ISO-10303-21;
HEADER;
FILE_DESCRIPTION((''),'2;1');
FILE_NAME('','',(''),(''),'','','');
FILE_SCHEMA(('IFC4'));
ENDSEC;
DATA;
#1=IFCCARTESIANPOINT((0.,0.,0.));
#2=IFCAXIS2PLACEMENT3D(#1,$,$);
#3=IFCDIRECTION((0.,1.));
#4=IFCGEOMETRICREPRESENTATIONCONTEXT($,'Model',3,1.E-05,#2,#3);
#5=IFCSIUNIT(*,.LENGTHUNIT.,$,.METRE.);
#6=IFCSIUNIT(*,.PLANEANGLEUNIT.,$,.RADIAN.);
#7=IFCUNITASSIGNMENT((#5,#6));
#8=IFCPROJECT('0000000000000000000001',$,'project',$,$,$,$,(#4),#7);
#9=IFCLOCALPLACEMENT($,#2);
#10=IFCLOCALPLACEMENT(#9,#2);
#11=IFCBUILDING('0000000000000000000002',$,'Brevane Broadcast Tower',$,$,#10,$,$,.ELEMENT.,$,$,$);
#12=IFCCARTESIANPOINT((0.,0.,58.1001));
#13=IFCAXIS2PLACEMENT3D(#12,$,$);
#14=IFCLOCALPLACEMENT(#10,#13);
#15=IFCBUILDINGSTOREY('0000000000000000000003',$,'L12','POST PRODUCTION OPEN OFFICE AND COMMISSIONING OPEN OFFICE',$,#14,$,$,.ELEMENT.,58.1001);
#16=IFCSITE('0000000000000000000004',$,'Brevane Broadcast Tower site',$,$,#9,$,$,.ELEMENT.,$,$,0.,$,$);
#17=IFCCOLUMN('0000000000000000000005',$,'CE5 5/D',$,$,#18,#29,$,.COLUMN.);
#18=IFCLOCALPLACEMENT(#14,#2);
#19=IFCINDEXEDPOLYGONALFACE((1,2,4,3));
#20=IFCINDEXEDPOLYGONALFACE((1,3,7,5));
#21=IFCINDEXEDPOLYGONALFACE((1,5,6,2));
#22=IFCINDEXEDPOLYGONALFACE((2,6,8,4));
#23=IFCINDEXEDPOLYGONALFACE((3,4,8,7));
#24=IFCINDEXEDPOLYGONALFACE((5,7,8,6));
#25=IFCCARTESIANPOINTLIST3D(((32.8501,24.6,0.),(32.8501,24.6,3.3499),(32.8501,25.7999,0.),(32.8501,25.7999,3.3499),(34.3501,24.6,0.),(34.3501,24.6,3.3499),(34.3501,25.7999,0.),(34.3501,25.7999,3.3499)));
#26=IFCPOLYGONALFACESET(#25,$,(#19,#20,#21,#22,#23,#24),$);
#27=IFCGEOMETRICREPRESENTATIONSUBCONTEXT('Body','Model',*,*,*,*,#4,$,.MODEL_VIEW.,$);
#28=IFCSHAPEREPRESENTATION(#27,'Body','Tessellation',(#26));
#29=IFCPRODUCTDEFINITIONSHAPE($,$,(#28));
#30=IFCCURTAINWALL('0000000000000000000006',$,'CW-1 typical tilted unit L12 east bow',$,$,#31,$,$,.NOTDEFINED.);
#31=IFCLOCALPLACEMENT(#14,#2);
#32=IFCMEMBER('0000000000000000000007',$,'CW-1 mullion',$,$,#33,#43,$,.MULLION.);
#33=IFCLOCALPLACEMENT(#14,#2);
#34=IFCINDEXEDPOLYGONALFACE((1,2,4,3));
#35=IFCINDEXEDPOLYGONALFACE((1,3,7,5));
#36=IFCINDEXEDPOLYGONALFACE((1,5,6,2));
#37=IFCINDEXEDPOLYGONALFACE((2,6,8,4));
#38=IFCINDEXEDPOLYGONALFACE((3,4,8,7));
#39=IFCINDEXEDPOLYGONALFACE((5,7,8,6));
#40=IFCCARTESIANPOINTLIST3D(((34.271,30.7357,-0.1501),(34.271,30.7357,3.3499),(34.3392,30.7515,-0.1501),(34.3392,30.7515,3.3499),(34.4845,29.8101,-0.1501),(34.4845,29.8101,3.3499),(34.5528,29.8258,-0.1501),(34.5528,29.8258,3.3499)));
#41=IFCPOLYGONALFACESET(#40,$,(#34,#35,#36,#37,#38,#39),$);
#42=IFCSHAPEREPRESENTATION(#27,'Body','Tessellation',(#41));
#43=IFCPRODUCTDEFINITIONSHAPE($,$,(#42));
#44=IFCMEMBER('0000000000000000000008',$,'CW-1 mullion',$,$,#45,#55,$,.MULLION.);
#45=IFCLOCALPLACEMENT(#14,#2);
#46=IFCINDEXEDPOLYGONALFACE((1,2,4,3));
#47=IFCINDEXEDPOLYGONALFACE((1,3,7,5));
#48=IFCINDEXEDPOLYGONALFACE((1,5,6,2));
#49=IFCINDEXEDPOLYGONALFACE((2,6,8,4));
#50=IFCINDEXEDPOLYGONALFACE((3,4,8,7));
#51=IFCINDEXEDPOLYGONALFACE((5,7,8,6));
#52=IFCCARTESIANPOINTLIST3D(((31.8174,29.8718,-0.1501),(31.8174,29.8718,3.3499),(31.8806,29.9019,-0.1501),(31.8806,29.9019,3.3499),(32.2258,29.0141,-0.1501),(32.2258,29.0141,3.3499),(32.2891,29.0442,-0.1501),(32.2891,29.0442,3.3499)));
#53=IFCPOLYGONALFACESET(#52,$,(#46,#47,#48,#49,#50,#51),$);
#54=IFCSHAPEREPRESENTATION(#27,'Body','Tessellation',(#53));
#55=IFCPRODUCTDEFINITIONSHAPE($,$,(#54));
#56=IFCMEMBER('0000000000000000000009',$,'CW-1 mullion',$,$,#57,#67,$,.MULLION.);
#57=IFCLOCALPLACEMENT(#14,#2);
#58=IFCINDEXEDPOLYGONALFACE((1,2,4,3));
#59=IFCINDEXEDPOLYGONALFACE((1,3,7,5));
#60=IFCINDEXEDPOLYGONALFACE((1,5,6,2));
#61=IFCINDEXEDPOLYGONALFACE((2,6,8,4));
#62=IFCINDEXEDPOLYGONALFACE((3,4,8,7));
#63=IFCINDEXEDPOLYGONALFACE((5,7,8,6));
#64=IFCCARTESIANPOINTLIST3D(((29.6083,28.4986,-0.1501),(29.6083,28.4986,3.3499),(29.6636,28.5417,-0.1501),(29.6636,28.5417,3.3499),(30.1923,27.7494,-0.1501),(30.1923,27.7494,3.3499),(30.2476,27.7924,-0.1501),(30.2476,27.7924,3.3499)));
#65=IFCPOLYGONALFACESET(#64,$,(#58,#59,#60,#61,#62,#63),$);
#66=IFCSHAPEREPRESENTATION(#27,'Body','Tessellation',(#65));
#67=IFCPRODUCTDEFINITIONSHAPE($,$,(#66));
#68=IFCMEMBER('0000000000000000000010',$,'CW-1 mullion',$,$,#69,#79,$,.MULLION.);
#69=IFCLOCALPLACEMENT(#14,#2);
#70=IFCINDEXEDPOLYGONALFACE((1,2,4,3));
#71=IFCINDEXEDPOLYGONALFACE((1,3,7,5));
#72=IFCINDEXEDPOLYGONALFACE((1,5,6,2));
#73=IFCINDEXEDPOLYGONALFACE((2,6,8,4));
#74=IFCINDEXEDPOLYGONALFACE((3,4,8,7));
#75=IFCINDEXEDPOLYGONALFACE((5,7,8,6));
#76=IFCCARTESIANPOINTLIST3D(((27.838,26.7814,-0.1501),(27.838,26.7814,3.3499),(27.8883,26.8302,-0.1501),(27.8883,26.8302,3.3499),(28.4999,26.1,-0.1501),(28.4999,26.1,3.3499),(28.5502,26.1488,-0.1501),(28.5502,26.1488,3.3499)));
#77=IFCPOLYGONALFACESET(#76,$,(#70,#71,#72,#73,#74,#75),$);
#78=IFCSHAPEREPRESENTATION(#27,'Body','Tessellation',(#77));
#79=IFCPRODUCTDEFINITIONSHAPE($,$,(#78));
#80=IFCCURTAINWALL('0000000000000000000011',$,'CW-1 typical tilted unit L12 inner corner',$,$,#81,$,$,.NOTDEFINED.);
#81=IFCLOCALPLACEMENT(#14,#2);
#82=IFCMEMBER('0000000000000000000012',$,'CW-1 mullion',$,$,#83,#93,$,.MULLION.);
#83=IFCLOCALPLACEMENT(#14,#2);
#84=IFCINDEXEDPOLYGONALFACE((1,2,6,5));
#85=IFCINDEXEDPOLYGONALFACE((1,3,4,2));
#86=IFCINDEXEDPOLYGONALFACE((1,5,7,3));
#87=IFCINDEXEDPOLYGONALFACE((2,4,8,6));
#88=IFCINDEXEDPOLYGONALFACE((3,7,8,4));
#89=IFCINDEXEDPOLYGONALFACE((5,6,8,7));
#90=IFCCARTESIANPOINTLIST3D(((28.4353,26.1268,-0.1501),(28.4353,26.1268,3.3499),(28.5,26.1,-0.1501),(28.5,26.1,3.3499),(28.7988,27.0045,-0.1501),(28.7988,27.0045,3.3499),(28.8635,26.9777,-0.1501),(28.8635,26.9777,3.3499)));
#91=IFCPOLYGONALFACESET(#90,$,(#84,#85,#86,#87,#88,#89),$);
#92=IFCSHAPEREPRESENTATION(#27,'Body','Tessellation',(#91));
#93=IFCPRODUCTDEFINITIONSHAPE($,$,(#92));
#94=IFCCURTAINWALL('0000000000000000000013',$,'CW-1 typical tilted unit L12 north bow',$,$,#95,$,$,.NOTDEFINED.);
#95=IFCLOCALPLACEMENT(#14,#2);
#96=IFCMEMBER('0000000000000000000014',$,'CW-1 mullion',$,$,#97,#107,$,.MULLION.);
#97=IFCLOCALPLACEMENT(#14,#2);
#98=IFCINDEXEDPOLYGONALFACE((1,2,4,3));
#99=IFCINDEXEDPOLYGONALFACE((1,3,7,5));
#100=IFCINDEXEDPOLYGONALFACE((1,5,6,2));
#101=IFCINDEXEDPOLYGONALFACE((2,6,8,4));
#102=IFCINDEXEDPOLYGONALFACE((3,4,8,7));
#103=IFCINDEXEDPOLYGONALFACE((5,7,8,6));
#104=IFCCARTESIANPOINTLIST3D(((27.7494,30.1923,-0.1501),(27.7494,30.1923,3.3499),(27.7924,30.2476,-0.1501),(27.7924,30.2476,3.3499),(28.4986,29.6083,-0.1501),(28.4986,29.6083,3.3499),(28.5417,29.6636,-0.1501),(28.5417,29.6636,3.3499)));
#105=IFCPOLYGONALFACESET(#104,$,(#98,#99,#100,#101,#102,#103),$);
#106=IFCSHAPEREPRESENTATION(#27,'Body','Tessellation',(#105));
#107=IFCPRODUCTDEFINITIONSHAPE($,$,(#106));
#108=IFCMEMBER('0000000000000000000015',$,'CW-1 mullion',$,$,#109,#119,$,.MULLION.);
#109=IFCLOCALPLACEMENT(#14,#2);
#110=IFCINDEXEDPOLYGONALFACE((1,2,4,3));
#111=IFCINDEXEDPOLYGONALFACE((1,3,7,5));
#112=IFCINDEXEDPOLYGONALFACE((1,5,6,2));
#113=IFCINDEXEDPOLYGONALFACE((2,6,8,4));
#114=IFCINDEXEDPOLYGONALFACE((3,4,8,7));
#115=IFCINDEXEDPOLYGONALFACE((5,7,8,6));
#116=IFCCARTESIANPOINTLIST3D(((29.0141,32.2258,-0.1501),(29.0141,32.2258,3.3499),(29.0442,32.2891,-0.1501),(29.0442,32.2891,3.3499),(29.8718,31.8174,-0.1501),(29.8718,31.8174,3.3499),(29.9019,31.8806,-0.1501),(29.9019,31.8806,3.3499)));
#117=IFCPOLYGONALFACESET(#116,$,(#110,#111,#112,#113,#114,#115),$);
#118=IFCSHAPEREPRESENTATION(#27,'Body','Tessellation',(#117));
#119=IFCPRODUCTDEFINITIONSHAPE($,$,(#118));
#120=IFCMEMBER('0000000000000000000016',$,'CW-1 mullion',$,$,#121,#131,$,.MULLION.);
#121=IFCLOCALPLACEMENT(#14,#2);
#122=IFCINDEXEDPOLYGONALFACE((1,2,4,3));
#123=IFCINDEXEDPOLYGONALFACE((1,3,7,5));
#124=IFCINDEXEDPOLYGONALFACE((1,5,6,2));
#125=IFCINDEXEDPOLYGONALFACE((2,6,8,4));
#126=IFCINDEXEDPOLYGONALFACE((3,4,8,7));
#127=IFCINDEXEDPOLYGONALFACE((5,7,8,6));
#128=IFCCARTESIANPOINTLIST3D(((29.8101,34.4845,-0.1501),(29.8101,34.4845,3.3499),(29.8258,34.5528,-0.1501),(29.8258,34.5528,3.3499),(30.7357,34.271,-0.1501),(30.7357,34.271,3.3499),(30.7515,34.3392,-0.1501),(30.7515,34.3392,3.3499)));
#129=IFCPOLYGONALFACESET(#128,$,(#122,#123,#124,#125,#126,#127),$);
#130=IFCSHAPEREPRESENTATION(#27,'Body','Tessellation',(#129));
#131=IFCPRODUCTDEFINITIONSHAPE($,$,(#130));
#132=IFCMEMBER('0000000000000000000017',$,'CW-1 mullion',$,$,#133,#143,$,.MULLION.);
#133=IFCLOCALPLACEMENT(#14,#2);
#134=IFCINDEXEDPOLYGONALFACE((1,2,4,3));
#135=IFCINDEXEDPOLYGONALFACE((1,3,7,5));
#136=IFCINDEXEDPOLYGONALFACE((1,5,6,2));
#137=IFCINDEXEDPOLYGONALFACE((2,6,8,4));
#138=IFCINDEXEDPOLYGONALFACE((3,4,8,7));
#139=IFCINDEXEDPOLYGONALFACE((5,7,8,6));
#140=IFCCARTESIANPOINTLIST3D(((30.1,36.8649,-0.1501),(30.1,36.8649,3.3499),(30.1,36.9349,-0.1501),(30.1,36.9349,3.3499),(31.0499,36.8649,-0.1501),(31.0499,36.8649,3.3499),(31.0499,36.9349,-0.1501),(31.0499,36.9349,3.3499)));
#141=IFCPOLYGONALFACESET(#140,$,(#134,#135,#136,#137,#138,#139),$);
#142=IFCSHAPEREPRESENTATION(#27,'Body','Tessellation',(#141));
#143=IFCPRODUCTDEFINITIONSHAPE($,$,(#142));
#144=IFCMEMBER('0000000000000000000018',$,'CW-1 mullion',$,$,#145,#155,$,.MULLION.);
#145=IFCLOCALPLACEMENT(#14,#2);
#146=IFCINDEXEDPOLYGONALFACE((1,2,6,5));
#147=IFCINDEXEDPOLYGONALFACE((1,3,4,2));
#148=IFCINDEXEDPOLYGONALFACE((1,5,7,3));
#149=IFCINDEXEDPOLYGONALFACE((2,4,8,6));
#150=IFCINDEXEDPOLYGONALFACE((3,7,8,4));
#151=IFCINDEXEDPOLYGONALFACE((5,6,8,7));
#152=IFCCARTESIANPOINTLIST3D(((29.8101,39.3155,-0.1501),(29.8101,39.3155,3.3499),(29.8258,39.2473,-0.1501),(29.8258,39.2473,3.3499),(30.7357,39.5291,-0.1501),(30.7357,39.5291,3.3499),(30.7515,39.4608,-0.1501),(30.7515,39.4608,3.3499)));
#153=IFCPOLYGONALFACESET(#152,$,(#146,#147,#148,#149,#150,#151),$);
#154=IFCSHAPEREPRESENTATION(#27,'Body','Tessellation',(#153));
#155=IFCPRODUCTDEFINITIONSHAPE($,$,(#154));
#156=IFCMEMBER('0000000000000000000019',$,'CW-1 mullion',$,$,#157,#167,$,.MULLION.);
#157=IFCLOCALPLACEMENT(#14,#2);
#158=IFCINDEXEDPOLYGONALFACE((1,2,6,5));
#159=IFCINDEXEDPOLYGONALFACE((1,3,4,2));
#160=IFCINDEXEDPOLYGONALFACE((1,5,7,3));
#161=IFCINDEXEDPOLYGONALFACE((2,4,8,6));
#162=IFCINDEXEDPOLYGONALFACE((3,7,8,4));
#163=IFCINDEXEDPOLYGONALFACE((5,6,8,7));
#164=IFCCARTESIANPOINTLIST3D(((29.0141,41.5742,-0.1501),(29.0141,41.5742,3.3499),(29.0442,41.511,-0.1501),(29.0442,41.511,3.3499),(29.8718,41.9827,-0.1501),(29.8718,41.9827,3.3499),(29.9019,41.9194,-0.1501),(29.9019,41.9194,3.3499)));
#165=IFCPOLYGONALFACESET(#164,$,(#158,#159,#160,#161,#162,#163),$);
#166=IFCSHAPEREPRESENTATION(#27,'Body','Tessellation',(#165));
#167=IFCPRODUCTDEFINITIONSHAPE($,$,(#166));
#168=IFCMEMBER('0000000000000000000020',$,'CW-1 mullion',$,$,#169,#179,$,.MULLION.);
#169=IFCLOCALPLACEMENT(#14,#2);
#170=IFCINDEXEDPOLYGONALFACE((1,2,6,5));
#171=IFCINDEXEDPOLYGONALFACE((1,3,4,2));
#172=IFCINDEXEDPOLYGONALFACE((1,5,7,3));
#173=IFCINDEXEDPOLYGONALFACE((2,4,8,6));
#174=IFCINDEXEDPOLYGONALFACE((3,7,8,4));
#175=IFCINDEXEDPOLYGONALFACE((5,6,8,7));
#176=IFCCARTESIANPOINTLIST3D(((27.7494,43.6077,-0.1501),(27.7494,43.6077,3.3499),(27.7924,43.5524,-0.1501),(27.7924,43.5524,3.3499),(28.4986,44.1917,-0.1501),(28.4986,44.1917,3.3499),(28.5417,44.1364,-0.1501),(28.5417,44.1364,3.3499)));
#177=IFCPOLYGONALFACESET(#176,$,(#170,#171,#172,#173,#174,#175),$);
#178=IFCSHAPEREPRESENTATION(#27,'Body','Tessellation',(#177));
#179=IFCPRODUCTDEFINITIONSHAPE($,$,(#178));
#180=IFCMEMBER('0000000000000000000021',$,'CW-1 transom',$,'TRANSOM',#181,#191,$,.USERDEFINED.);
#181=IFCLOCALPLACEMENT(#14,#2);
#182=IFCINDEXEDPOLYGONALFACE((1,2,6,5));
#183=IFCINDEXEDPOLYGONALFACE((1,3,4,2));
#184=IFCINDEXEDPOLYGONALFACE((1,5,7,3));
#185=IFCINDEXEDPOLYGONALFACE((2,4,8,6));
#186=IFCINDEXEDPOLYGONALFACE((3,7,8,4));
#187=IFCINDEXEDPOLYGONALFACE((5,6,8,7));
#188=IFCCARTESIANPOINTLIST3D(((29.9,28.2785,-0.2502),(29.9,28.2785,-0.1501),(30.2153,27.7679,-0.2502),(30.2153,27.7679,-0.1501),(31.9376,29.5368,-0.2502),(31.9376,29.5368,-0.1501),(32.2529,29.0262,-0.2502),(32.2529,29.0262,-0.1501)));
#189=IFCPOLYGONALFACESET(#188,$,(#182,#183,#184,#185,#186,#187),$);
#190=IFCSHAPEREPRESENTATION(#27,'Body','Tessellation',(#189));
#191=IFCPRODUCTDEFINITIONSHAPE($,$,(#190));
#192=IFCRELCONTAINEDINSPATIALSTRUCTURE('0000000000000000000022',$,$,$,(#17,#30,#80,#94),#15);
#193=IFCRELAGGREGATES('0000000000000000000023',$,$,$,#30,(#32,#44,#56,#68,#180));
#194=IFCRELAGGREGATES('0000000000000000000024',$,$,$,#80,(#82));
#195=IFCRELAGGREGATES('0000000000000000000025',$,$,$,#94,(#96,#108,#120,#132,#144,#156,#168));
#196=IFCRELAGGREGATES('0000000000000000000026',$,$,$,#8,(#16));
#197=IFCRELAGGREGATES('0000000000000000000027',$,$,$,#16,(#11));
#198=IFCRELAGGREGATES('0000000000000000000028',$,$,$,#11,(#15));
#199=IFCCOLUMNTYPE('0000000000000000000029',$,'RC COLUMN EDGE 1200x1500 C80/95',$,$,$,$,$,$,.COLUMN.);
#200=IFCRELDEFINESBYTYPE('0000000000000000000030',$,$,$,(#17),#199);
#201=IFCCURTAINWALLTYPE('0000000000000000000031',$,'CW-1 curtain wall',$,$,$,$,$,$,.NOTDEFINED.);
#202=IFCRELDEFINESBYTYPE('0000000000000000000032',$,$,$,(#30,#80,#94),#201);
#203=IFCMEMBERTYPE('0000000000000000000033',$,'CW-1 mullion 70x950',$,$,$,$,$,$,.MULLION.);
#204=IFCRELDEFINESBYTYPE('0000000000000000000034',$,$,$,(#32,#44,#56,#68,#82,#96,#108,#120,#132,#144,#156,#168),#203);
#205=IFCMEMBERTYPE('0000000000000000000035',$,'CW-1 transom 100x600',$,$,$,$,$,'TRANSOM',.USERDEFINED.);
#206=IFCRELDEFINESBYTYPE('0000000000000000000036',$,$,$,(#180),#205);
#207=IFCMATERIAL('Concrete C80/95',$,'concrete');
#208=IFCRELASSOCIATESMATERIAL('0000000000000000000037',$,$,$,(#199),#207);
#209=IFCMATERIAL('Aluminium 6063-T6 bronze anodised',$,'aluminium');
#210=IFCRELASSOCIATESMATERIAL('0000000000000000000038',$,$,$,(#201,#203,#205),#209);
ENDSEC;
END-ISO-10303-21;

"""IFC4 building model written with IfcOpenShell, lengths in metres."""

from ifc_helpers import new_model, si_unit, direction, frame, origin, origin_2d, place, context, subcontext, project, spatial, rectangle, extrude, material, material_profile, profile_set, type_object, element, aggregate, save


model = new_model("IFC4")

# Units and contexts
model_context = context("Model", 3, precision=1e-05, world=origin(), true_north=direction((0.0, 1.0)))
body_context = subcontext(model_context, "Body", "Model", "MODEL_VIEW")
ifc_project = project(units=[si_unit("LENGTHUNIT", "METRE"), si_unit("PLANEANGLEUNIT", "RADIAN")], contexts=[model_context])

# Site, building, storey
site_placement = place(None, origin())
site = spatial("IfcSite", under=ifc_project, at=site_placement, Name="Brevane Broadcast Tower site", CompositionType="ELEMENT", RefElevation=0.0)
building_placement = place(site_placement, origin())
building = spatial("IfcBuilding", under=site, at=building_placement, Name="Brevane Broadcast Tower", CompositionType="ELEMENT")
storey_placement = place(building_placement, frame((0.0, 0.0, 58.1001)))
storey = spatial("IfcBuildingStorey", under=building, at=storey_placement, Name="L12", Description="POST PRODUCTION OPEN OFFICE AND COMMISSIONING OPEN OFFICE", CompositionType="ELEMENT", Elevation=58.1001)

# Column
ifc_material_1 = material(Name="Concrete C80/95", Category="concrete")
ifc_material_profile_1 = material_profile(ifc_material_1, rectangle(XDim=1.2, YDim=1.5, at=origin_2d()), Name="RC 1200x1500")
ifc_profile_set_1 = profile_set([ifc_material_profile_1], Name="Concrete C80/95")
column_type = type_object("IfcColumnType", Name="RC COLUMN EDGE 1200x1500 C80/95", PredefinedType="COLUMN", material=ifc_profile_set_1)
column_placement = place(storey_placement, frame((33.6001, 25.2, 0.0), z_axis=(0.0, 0.0, 1.0), x_axis=(0.0, 1.0, 0.0)))
element("IfcColumn", 1, at=column_placement, inside=storey, type_object=column_type, Name="CE5 5/D", PredefinedType="COLUMN", context=body_context, shape_type="SweptSolid", body=[
    extrude(rectangle(XDim=1.2, YDim=1.5, at=origin_2d()), origin(), (0.0, 0.0, 1.0), 3.3499),
])

# Curtain wall, members
ifc_material_2 = material(Name="Aluminium 6063-T6 bronze anodised", Category="aluminium")
curtain_wall_type = type_object("IfcCurtainWallType", Name="CW-1 curtain wall", PredefinedType="NOTDEFINED", material=ifc_material_2)
curtain_wall_1_placement = place(storey_placement, origin())
curtain_wall_1 = element("IfcCurtainWall", 2, at=curtain_wall_1_placement, inside=storey, type_object=curtain_wall_type, Name="CW-1 typical tilted unit L12 east bow", PredefinedType="NOTDEFINED")
ifc_material_profile_2 = material_profile(ifc_material_2, rectangle(XDim=0.95, YDim=0.0701, at=origin_2d()), Name="RECT 70x950")
ifc_profile_set_2 = profile_set([ifc_material_profile_2], Name="Aluminium 6063-T6 bronze anodised")
member_type_1 = type_object("IfcMemberType", Name="CW-1 mullion 70x950", PredefinedType="MULLION", material=ifc_profile_set_2)
member_1_placement = place(storey_placement, frame((34.4119, 30.2808, -0.1501), z_axis=(0.0, 0.0, 1.0), x_axis=(0.224806, -0.974403, 0.0)))
member_1 = element("IfcMember", 3, at=member_1_placement, type_object=member_type_1, Name="CW-1 mullion", PredefinedType="MULLION", context=body_context, shape_type="SweptSolid", body=[
    extrude(rectangle(XDim=0.95, YDim=0.0701, at=origin_2d()), origin(), (0.0, 0.0, 1.0), 3.5),
])
member_2_placement = place(storey_placement, frame((32.0532, 29.458, -0.1501), z_axis=(0.0, 0.0, 1.0), x_axis=(0.429934, -0.902861, 0.0)))
member_2 = element("IfcMember", 4, at=member_2_placement, type_object=member_type_1, Name="CW-1 mullion", PredefinedType="MULLION", context=body_context, shape_type="SweptSolid", body=[
    extrude(rectangle(XDim=0.95, YDim=0.0701, at=origin_2d()), origin(), (0.0, 0.0, 1.0), 3.5),
])
member_3_placement = place(storey_placement, frame((29.928, 28.1455, -0.1501), z_axis=(0.0, 0.0, 1.0), x_axis=(0.61477, -0.788707, 0.0)))
member_3 = element("IfcMember", 5, at=member_3_placement, type_object=member_type_1, Name="CW-1 mullion", PredefinedType="MULLION", context=body_context, shape_type="SweptSolid", body=[
    extrude(rectangle(XDim=0.95, YDim=0.0701, at=origin_2d()), origin(), (0.0, 0.0, 1.0), 3.5),
])
member_4_placement = place(storey_placement, frame((28.1941, 26.4651, -0.1501), z_axis=(0.0, 0.0, 1.0), x_axis=(0.696812, -0.717254, 0.0)))
member_4 = element("IfcMember", 6, at=member_4_placement, type_object=member_type_1, Name="CW-1 mullion", PredefinedType="MULLION", context=body_context, shape_type="SweptSolid", body=[
    extrude(rectangle(XDim=0.95, YDim=0.0701, at=origin_2d()), origin(), (0.0, 0.0, 1.0), 3.5),
])

# Curtain wall, member
curtain_wall_2_placement = place(storey_placement, origin())
curtain_wall_2 = element("IfcCurtainWall", 7, at=curtain_wall_2_placement, inside=storey, type_object=curtain_wall_type, Name="CW-1 typical tilted unit L12 inner corner", PredefinedType="NOTDEFINED")
member_5_placement = place(storey_placement, frame((28.6494, 26.5522, -0.1501), z_axis=(0.0, 0.0, 1.0), x_axis=(-0.382684, -0.923879, 0.0)))
member_5 = element("IfcMember", 8, at=member_5_placement, type_object=member_type_1, Name="CW-1 mullion", PredefinedType="MULLION", context=body_context, shape_type="SweptSolid", body=[
    extrude(rectangle(XDim=0.95, YDim=0.0701, at=origin_2d()), origin(), (0.0, 0.0, 1.0), 3.5),
])

# Curtain wall, members
curtain_wall_3_placement = place(storey_placement, origin())
curtain_wall_3 = element("IfcCurtainWall", 9, at=curtain_wall_3_placement, inside=storey, type_object=curtain_wall_type, Name="CW-1 typical tilted unit L12 north bow", PredefinedType="NOTDEFINED")
member_6_placement = place(storey_placement, frame((28.1455, 29.928, -0.1501), z_axis=(0.0, 0.0, 1.0), x_axis=(-0.788707, 0.61477, 0.0)))
member_6 = element("IfcMember", 10, at=member_6_placement, type_object=member_type_1, Name="CW-1 mullion", PredefinedType="MULLION", context=body_context, shape_type="SweptSolid", body=[
    extrude(rectangle(XDim=0.95, YDim=0.0701, at=origin_2d()), origin(), (0.0, 0.0, 1.0), 3.5),
])
member_7_placement = place(storey_placement, frame((29.458, 32.0532, -0.1501), z_axis=(0.0, 0.0, 1.0), x_axis=(-0.902861, 0.429934, 0.0)))
member_7 = element("IfcMember", 11, at=member_7_placement, type_object=member_type_1, Name="CW-1 mullion", PredefinedType="MULLION", context=body_context, shape_type="SweptSolid", body=[
    extrude(rectangle(XDim=0.95, YDim=0.0701, at=origin_2d()), origin(), (0.0, 0.0, 1.0), 3.5),
])
member_8_placement = place(storey_placement, frame((30.2808, 34.4119, -0.1501), z_axis=(0.0, 0.0, 1.0), x_axis=(-0.974403, 0.224806, 0.0)))
member_8 = element("IfcMember", 12, at=member_8_placement, type_object=member_type_1, Name="CW-1 mullion", PredefinedType="MULLION", context=body_context, shape_type="SweptSolid", body=[
    extrude(rectangle(XDim=0.95, YDim=0.0701, at=origin_2d()), origin(), (0.0, 0.0, 1.0), 3.5),
])
member_9_placement = place(storey_placement, frame((30.575, 36.8999, -0.1501), z_axis=(0.0, 0.0, 1.0), x_axis=(-1.0, 0.0, 0.0)))
member_9 = element("IfcMember", 13, at=member_9_placement, type_object=member_type_1, Name="CW-1 mullion", PredefinedType="MULLION", context=body_context, shape_type="SweptSolid", body=[
    extrude(rectangle(XDim=0.95, YDim=0.0701, at=origin_2d()), origin(), (0.0, 0.0, 1.0), 3.5),
])
member_10_placement = place(storey_placement, frame((30.2808, 39.3882, -0.1501), z_axis=(0.0, 0.0, 1.0), x_axis=(-0.974403, -0.224806, 0.0)))
member_10 = element("IfcMember", 14, at=member_10_placement, type_object=member_type_1, Name="CW-1 mullion", PredefinedType="MULLION", context=body_context, shape_type="SweptSolid", body=[
    extrude(rectangle(XDim=0.95, YDim=0.0701, at=origin_2d()), origin(), (0.0, 0.0, 1.0), 3.5),
])
member_11_placement = place(storey_placement, frame((29.458, 41.7468, -0.1501), z_axis=(0.0, 0.0, 1.0), x_axis=(-0.902861, -0.429934, 0.0)))
member_11 = element("IfcMember", 15, at=member_11_placement, type_object=member_type_1, Name="CW-1 mullion", PredefinedType="MULLION", context=body_context, shape_type="SweptSolid", body=[
    extrude(rectangle(XDim=0.95, YDim=0.0701, at=origin_2d()), origin(), (0.0, 0.0, 1.0), 3.5),
])
member_12_placement = place(storey_placement, frame((28.1455, 43.8721, -0.1501), z_axis=(0.0, 0.0, 1.0), x_axis=(-0.788707, -0.61477, 0.0)))
member_12 = element("IfcMember", 16, at=member_12_placement, type_object=member_type_1, Name="CW-1 mullion", PredefinedType="MULLION", context=body_context, shape_type="SweptSolid", body=[
    extrude(rectangle(XDim=0.95, YDim=0.0701, at=origin_2d()), origin(), (0.0, 0.0, 1.0), 3.5),
])

# Member
ifc_material_profile_3 = material_profile(ifc_material_2, rectangle(XDim=0.6001, YDim=0.1001, at=origin_2d()), Name="RECT 100x600")
ifc_profile_set_3 = profile_set([ifc_material_profile_3], Name="Aluminium 6063-T6 bronze anodised")
member_type_2 = type_object("IfcMemberType", Name="CW-1 transom 100x600", ElementType="TRANSOM", PredefinedType="USERDEFINED", material=ifc_profile_set_3)
member_13_placement = place(storey_placement, frame((32.0952, 29.2815, -0.2002), z_axis=(-0.850838, -0.525428, 0.0), x_axis=(0.525428, -0.850838, 0.0)))
member_13 = element("IfcMember", 17, at=member_13_placement, type_object=member_type_2, Name="CW-1 transom", ObjectType="TRANSOM", PredefinedType="USERDEFINED", context=body_context, shape_type="SweptSolid", body=[
    extrude(rectangle(XDim=0.6001, YDim=0.1001, at=origin_2d()), origin(), (0.0, 0.0, 1.0), 2.3948),
])
aggregate(curtain_wall_1, [member_1, member_2, member_3, member_4, member_13])
aggregate(curtain_wall_2, [member_5])
aggregate(curtain_wall_3, [member_6, member_7, member_8, member_9, member_10, member_11, member_12])

save(model, "model.ifc")
